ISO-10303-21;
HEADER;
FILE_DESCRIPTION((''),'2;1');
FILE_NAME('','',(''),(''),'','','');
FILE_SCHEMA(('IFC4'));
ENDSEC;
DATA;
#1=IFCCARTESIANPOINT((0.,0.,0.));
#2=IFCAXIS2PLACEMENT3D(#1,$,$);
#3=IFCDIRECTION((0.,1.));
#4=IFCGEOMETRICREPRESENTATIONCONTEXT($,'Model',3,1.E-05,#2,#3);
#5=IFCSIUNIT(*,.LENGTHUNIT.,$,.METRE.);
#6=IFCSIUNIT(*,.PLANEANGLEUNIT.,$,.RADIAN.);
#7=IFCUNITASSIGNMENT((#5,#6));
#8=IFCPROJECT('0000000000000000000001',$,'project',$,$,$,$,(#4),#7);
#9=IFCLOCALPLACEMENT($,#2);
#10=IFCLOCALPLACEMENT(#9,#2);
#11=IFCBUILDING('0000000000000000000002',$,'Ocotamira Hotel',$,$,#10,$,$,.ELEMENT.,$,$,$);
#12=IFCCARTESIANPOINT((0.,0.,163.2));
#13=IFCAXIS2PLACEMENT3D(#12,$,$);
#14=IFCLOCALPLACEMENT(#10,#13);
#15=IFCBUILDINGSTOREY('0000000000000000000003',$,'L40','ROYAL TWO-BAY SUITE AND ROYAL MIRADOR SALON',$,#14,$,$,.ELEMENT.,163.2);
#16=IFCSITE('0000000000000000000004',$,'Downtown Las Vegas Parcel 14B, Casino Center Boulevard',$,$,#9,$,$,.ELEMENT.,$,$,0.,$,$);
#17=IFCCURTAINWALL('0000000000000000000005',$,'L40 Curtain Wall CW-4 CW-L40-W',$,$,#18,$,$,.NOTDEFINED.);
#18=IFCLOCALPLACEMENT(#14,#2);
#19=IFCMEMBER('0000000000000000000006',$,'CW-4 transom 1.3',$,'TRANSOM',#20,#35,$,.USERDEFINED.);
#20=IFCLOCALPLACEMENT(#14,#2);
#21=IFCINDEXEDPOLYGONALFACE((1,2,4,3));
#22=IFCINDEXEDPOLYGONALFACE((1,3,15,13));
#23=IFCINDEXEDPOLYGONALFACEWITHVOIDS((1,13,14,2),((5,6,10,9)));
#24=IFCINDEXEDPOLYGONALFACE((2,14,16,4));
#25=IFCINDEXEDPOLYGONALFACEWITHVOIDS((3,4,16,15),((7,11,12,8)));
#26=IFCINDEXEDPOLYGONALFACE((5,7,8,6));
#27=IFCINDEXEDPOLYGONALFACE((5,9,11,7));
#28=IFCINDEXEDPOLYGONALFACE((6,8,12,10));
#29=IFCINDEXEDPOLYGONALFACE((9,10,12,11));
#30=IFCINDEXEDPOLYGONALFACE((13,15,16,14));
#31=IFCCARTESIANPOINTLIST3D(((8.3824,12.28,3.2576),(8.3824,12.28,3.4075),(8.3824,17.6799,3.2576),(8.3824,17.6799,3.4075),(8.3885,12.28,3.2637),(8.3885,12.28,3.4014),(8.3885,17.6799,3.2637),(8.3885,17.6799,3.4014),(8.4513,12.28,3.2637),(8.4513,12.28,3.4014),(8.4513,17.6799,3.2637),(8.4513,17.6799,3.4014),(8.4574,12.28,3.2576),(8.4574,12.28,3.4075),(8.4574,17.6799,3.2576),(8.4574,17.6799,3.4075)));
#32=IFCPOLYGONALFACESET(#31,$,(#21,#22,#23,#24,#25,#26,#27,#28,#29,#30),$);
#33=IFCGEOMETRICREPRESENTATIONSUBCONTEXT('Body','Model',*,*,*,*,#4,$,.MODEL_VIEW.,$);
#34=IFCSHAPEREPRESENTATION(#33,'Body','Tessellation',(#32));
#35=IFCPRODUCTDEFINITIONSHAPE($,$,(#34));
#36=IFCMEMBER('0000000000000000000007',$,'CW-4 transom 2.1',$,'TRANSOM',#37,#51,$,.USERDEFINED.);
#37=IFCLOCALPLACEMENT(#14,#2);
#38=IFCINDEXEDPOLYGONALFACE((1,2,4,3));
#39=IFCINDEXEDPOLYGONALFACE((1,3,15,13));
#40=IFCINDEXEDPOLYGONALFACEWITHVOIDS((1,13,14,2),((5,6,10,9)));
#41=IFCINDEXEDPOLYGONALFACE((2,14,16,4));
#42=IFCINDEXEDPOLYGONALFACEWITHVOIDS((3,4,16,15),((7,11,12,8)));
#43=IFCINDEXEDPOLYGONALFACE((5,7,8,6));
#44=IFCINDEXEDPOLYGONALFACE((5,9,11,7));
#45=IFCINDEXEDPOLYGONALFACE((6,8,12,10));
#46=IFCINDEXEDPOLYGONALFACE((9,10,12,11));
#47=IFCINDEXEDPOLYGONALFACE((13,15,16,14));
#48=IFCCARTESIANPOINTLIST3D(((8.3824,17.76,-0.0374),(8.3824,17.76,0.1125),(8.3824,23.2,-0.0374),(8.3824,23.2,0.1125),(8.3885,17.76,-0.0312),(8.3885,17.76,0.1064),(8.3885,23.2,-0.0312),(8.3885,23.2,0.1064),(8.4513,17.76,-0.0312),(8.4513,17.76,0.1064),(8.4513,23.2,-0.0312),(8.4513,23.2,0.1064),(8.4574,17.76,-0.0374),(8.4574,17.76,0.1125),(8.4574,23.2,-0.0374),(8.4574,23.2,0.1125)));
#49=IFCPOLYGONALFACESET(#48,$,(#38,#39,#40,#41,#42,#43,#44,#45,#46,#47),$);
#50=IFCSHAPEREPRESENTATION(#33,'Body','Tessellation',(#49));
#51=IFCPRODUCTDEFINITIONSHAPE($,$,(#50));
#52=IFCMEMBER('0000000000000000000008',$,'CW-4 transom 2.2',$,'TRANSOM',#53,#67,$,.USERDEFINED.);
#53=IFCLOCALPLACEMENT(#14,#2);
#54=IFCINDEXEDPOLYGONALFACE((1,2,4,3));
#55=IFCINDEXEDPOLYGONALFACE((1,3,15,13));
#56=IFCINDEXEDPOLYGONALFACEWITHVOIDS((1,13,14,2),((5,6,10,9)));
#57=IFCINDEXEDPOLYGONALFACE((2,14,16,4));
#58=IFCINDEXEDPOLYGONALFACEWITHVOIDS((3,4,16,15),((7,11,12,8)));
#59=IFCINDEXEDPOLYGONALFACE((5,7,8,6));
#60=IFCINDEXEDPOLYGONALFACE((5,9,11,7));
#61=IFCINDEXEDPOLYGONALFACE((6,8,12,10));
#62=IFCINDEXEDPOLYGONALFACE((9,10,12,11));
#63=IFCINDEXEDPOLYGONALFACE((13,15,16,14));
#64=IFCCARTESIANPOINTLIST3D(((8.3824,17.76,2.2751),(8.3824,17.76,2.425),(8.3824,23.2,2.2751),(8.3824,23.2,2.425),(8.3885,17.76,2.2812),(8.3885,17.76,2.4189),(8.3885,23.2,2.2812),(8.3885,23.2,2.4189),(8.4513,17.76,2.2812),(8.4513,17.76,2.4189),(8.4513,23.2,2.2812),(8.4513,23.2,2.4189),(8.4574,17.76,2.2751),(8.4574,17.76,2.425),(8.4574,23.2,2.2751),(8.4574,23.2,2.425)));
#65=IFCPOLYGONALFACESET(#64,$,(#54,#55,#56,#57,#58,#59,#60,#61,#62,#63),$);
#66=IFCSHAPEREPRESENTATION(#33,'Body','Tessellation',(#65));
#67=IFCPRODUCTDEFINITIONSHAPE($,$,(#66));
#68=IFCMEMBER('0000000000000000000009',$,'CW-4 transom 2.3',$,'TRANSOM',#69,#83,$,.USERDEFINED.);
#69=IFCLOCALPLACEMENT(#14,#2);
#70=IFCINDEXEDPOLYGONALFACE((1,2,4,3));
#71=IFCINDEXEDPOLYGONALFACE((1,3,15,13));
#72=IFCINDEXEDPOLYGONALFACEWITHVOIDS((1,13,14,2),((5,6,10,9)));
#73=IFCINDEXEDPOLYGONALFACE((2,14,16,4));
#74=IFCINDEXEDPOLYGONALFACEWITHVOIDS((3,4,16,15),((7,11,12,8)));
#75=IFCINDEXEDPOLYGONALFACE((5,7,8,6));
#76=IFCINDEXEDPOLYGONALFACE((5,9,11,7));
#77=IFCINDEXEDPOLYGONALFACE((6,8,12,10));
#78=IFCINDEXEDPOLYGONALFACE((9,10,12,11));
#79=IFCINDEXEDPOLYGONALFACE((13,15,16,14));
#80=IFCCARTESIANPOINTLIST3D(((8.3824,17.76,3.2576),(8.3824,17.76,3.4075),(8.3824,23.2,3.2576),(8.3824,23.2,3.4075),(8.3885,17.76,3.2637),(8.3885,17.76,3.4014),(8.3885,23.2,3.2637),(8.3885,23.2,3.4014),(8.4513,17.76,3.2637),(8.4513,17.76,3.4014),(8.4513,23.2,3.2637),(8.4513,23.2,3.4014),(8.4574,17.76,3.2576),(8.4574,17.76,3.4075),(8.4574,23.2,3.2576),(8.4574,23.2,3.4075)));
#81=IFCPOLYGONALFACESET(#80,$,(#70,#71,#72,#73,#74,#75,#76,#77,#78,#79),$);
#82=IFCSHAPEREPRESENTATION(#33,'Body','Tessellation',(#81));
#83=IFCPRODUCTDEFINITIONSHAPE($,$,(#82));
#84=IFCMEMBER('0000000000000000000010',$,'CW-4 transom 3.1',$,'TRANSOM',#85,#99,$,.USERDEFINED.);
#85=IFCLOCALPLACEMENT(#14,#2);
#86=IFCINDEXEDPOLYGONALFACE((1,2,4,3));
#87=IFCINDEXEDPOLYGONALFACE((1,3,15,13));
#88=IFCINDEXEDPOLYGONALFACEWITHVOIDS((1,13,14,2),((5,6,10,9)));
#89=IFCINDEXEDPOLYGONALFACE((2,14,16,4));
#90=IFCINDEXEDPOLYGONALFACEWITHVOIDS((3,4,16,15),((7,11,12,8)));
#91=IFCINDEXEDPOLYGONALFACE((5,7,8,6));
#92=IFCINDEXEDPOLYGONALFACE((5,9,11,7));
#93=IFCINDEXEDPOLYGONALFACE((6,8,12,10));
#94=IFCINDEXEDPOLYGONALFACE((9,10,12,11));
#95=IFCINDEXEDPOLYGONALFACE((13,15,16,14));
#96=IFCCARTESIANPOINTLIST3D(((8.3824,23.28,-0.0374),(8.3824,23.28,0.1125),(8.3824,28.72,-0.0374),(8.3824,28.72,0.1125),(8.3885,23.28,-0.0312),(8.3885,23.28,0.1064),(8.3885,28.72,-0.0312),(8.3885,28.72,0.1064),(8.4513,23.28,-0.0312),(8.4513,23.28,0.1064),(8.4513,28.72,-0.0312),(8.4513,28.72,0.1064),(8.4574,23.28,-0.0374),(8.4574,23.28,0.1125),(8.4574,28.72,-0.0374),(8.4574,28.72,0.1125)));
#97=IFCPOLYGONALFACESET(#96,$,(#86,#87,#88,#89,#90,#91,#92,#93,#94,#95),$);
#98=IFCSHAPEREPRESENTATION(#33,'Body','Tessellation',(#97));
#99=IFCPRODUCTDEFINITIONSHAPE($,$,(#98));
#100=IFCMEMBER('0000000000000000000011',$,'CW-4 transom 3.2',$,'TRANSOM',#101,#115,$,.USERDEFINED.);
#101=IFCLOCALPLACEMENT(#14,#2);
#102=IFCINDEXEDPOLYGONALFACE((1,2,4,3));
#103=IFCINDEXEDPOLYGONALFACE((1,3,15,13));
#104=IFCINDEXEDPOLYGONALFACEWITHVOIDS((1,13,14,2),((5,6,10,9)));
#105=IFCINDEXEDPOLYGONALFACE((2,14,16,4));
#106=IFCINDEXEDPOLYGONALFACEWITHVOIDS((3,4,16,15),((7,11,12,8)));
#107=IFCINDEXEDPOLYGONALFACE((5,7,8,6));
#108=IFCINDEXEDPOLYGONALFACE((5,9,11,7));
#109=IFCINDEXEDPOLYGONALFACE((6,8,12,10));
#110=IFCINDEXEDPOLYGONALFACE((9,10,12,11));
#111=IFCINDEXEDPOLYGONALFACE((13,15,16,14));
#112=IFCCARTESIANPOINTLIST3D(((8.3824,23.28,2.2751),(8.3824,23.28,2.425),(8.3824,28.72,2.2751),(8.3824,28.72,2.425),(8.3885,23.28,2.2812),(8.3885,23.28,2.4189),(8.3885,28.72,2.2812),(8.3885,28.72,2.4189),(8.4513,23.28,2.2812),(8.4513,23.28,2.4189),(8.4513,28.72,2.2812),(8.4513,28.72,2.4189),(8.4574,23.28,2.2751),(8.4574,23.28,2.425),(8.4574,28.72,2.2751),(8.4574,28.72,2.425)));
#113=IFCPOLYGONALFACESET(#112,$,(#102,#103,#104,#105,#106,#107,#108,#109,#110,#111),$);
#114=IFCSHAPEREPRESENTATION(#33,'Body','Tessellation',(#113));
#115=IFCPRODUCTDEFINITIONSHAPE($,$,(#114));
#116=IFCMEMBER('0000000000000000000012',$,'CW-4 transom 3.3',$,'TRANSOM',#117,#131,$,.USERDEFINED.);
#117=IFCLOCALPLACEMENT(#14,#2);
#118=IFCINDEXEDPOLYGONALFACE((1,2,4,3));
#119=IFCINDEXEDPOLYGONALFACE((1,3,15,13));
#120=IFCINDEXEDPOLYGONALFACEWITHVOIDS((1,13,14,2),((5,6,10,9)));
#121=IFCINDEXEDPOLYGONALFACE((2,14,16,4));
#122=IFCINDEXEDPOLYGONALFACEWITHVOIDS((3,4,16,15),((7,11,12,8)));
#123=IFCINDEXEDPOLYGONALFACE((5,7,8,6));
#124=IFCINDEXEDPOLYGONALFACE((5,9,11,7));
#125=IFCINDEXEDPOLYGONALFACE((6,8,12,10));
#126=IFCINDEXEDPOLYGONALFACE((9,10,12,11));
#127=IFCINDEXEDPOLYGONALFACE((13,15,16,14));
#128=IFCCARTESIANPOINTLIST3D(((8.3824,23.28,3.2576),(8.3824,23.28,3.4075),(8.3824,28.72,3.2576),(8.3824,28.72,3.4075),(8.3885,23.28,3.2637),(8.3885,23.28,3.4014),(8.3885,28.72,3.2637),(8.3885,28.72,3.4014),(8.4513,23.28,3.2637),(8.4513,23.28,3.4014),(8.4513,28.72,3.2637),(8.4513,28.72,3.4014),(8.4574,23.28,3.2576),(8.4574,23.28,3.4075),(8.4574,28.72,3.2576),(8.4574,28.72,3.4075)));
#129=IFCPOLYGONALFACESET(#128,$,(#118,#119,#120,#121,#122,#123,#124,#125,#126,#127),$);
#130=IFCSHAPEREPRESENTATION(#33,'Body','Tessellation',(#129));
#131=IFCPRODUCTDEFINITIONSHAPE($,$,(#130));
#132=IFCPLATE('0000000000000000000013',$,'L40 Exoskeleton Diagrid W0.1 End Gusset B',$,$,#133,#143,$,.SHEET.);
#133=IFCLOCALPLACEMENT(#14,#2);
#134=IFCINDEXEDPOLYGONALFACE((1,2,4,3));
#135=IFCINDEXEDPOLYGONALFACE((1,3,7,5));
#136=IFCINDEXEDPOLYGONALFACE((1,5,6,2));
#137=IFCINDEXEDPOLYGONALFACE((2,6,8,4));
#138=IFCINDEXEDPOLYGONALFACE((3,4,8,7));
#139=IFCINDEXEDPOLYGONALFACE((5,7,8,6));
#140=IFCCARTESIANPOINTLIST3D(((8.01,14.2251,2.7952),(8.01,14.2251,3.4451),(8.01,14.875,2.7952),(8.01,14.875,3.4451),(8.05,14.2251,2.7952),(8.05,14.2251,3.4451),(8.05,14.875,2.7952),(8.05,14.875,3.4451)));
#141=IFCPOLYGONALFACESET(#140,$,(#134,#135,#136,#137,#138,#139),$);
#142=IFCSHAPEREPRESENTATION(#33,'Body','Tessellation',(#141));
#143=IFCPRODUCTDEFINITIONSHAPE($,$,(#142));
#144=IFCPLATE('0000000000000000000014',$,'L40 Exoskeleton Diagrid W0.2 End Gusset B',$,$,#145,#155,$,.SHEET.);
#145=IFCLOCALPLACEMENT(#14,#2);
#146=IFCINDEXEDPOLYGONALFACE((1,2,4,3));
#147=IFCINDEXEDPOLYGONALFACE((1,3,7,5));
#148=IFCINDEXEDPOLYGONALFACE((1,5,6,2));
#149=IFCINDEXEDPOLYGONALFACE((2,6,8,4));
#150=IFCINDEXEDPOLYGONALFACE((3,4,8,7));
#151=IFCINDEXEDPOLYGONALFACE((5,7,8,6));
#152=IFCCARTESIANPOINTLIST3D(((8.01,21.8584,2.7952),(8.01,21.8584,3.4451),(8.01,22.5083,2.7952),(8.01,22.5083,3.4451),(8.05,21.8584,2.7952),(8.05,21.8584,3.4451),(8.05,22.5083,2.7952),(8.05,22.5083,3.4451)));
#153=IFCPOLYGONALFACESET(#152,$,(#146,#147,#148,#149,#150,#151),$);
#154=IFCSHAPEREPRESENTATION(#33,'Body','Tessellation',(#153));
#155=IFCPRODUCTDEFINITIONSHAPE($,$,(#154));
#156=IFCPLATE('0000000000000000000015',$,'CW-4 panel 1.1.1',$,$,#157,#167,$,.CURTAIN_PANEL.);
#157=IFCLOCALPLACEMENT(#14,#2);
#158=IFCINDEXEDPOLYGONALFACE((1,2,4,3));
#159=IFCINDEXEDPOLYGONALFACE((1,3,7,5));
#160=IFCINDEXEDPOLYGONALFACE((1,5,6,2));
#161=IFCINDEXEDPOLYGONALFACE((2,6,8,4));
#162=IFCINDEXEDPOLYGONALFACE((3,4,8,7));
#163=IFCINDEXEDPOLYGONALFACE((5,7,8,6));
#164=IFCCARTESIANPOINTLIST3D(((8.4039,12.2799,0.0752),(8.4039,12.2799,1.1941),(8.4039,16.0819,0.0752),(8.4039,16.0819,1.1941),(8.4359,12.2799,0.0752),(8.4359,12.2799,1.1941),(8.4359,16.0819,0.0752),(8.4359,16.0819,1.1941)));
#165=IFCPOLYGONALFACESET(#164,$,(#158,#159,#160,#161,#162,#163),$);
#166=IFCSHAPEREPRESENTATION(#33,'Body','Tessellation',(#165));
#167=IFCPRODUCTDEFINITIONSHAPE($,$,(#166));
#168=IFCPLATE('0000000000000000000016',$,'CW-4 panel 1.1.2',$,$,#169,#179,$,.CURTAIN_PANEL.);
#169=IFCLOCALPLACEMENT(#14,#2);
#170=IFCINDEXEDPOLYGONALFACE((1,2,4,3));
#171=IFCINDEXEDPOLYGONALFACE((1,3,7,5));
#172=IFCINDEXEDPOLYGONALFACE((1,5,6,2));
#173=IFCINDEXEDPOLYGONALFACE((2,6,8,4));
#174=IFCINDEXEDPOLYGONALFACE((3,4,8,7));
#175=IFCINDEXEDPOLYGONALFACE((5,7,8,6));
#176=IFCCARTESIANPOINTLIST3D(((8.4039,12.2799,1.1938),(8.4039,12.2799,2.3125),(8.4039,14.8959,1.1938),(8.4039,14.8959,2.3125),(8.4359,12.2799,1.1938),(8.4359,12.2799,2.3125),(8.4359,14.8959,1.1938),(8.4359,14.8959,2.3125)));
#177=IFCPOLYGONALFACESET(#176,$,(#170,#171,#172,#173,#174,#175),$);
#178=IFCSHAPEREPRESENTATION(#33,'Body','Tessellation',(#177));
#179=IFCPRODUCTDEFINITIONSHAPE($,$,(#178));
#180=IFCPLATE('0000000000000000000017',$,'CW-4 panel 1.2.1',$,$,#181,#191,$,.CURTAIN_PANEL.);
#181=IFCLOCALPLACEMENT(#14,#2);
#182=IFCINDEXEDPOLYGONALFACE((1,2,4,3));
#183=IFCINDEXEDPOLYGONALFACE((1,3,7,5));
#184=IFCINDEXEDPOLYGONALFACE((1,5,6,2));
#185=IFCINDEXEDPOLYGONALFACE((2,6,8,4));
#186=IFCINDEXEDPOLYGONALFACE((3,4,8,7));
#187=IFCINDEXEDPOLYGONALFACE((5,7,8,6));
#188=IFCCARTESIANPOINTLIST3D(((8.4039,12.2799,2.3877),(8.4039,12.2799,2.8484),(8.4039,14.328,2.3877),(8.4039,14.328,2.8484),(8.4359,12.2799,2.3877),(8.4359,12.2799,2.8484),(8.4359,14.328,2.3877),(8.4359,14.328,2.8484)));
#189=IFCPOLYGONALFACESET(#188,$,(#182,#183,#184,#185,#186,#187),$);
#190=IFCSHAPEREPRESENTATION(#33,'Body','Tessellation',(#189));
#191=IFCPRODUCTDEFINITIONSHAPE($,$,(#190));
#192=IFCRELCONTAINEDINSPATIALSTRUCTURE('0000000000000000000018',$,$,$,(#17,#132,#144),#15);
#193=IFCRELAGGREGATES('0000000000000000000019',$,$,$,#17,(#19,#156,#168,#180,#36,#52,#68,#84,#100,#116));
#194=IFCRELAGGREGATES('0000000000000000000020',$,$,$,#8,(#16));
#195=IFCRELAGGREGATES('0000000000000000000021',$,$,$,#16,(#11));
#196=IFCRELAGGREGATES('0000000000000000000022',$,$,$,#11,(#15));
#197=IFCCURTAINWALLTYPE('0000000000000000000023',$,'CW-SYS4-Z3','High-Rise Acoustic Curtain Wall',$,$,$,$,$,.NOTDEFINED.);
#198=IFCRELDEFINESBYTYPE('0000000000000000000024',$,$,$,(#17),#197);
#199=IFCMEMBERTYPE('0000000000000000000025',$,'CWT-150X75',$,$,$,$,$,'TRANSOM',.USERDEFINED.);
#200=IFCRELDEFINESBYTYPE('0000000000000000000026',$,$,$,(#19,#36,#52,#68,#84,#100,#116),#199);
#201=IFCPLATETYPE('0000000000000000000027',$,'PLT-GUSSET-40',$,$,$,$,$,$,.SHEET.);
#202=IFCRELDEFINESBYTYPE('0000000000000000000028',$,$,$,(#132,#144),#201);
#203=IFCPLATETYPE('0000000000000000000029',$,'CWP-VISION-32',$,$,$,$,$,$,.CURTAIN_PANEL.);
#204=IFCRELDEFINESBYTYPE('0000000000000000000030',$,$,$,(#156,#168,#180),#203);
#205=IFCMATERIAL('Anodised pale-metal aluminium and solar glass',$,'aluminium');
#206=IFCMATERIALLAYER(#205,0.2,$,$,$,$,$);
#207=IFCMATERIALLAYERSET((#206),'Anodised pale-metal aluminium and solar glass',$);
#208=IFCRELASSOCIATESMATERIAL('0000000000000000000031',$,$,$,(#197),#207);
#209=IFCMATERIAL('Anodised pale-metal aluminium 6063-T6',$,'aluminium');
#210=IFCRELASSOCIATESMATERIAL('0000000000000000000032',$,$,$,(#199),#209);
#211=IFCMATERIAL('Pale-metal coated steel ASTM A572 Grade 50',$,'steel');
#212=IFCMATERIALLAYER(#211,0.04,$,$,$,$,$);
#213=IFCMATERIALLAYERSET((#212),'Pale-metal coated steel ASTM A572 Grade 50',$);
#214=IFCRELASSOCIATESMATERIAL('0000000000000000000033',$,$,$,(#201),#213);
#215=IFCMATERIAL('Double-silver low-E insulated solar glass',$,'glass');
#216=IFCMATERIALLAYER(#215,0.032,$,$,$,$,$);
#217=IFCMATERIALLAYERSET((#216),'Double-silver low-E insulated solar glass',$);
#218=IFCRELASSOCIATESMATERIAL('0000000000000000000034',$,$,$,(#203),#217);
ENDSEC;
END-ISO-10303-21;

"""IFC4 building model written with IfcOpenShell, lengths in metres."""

from ifc_helpers import new_model, si_unit, direction, frame, origin, origin_2d, place, context, subcontext, project, spatial, rectangle, hollow_rectangle, extrude, source, transform, mapped, material, layer, layer_set, material_profile, profile_set, type_object, element, aggregate, save


model = new_model("IFC4")

# Units and contexts
model_context = context("Model", 3, precision=1e-05, world=origin(), true_north=direction((0.0, 1.0)))
body_context = subcontext(model_context, "Body", "Model", "MODEL_VIEW")
ifc_project = project(units=[si_unit("LENGTHUNIT", "METRE"), si_unit("PLANEANGLEUNIT", "RADIAN")], contexts=[model_context])

# Site, building, storey
site_placement = place(None, origin())
site = spatial("IfcSite", under=ifc_project, at=site_placement, Name="Downtown Las Vegas Parcel 14B, Casino Center Boulevard", CompositionType="ELEMENT", RefElevation=0.0)
building_placement = place(site_placement, origin())
building = spatial("IfcBuilding", under=site, at=building_placement, Name="Ocotamira Hotel", CompositionType="ELEMENT")
storey_placement = place(building_placement, frame((0.0, 0.0, 163.2)))
storey = spatial("IfcBuildingStorey", under=building, at=storey_placement, Name="L40", Description="ROYAL TWO-BAY SUITE AND ROYAL MIRADOR SALON", CompositionType="ELEMENT", Elevation=163.2)

# Curtain wall, members
ifc_material_1 = material(Name="Anodised pale-metal aluminium and solar glass", Category="aluminium")
ifc_layer_1 = layer(ifc_material_1, 0.2)
ifc_layer_set_1 = layer_set([ifc_layer_1], Name="Anodised pale-metal aluminium and solar glass")
curtain_wall_type = type_object("IfcCurtainWallType", Name="CW-SYS4-Z3", Description="High-Rise Acoustic Curtain Wall", PredefinedType="NOTDEFINED", material=ifc_layer_set_1)
curtain_wall_placement = place(storey_placement, origin())
curtain_wall = element("IfcCurtainWall", 1, at=curtain_wall_placement, inside=storey, type_object=curtain_wall_type, Name="L40 Curtain Wall CW-4 CW-L40-W", PredefinedType="NOTDEFINED")
ifc_material_2 = material(Name="Anodised pale-metal aluminium 6063-T6", Category="aluminium")
ifc_material_profile_1 = material_profile(ifc_material_2, hollow_rectangle(XDim=0.075, YDim=0.1499, WallThickness=0.0061, at=origin_2d()), Name="HSS150X75X6")
ifc_profile_set_1 = profile_set([ifc_material_profile_1], Name="Anodised pale-metal aluminium 6063-T6")
member_type_1 = type_object("IfcMemberType", Name="CWT-150X75", ElementType="TRANSOM", PredefinedType="USERDEFINED", material=ifc_profile_set_1)
shared_shape_1 = source(origin(), body_context, "Body", "SweptSolid", [
    extrude(hollow_rectangle(XDim=0.075, YDim=0.1499, WallThickness=0.0061, at=origin_2d()), origin(), (0.0, 0.0, 1.0), 5.3999),
])
member_1_placement = place(storey_placement, frame((8.4199, 12.28, 3.3325), z_axis=(0.0, 1.0, 0.0), x_axis=(-1.0, 0.0, 0.0)))
member_1 = element("IfcMember", 2, at=member_1_placement, type_object=member_type_1, Name="CW-4 transom 1.3", ObjectType="TRANSOM", PredefinedType="USERDEFINED", context=body_context, shape_type="MappedRepresentation", body=[
    mapped(shared_shape_1, transform((0.0, 0.0, 0.0), scale=1.0)),
])
shared_shape_2 = source(origin(), body_context, "Body", "SweptSolid", [
    extrude(hollow_rectangle(XDim=0.075, YDim=0.1499, WallThickness=0.0061, at=origin_2d()), origin(), (0.0, 0.0, 1.0), 5.4399),
])
member_2_placement = place(storey_placement, frame((8.4199, 17.76, 0.0376), z_axis=(0.0, 1.0, 0.0), x_axis=(-1.0, 0.0, 0.0)))
member_2 = element("IfcMember", 3, at=member_2_placement, type_object=member_type_1, Name="CW-4 transom 2.1", ObjectType="TRANSOM", PredefinedType="USERDEFINED", context=body_context, shape_type="MappedRepresentation", body=[
    mapped(shared_shape_2, transform((0.0, 0.0, 0.0), scale=1.0)),
])
member_3_placement = place(storey_placement, frame((8.4199, 17.76, 2.3501), z_axis=(0.0, 1.0, 0.0), x_axis=(-1.0, 0.0, 0.0)))
member_3 = element("IfcMember", 4, at=member_3_placement, type_object=member_type_1, Name="CW-4 transom 2.2", ObjectType="TRANSOM", PredefinedType="USERDEFINED", context=body_context, shape_type="MappedRepresentation", body=[
    mapped(shared_shape_2, transform((0.0, 0.0, 0.0), scale=1.0)),
])
member_4_placement = place(storey_placement, frame((8.4199, 17.76, 3.3325), z_axis=(0.0, 1.0, 0.0), x_axis=(-1.0, 0.0, 0.0)))
member_4 = element("IfcMember", 5, at=member_4_placement, type_object=member_type_1, Name="CW-4 transom 2.3", ObjectType="TRANSOM", PredefinedType="USERDEFINED", context=body_context, shape_type="MappedRepresentation", body=[
    mapped(shared_shape_2, transform((0.0, 0.0, 0.0), scale=1.0)),
])
member_5_placement = place(storey_placement, frame((8.4199, 23.28, 0.0376), z_axis=(0.0, 1.0, 0.0), x_axis=(-1.0, 0.0, 0.0)))
member_5 = element("IfcMember", 6, at=member_5_placement, type_object=member_type_1, Name="CW-4 transom 3.1", ObjectType="TRANSOM", PredefinedType="USERDEFINED", context=body_context, shape_type="MappedRepresentation", body=[
    mapped(shared_shape_2, transform((0.0, 0.0, 0.0), scale=1.0)),
])
member_6_placement = place(storey_placement, frame((8.4199, 23.28, 2.3501), z_axis=(0.0, 1.0, 0.0), x_axis=(-1.0, 0.0, 0.0)))
member_6 = element("IfcMember", 7, at=member_6_placement, type_object=member_type_1, Name="CW-4 transom 3.2", ObjectType="TRANSOM", PredefinedType="USERDEFINED", context=body_context, shape_type="MappedRepresentation", body=[
    mapped(shared_shape_2, transform((0.0, 0.0, 0.0), scale=1.0)),
])
member_7_placement = place(storey_placement, frame((8.4199, 23.28, 3.3325), z_axis=(0.0, 1.0, 0.0), x_axis=(-1.0, 0.0, 0.0)))
member_7 = element("IfcMember", 8, at=member_7_placement, type_object=member_type_1, Name="CW-4 transom 3.3", ObjectType="TRANSOM", PredefinedType="USERDEFINED", context=body_context, shape_type="MappedRepresentation", body=[
    mapped(shared_shape_2, transform((0.0, 0.0, 0.0), scale=1.0)),
])

# Plates
ifc_material_3 = material(Name="Pale-metal coated steel ASTM A572 Grade 50", Category="steel")
ifc_layer_2 = layer(ifc_material_3, 0.04)
ifc_layer_set_2 = layer_set([ifc_layer_2], Name="Pale-metal coated steel ASTM A572 Grade 50")
plate_type_1 = type_object("IfcPlateType", Name="PLT-GUSSET-40", PredefinedType="SHEET", material=ifc_layer_set_2)
shared_shape_3 = source(origin(), body_context, "Body", "SweptSolid", [
    extrude(rectangle(XDim=0.04, YDim=0.6499, at=origin_2d()), origin(), (0.0, 0.0, 1.0), 0.6499),
])
for number, where, z_axis, x_axis, name in (
    (9, (8.03, 14.55, 2.7952), (0.0, 0.0, 1.0), (1.0, 0.0, 0.0), "L40 Exoskeleton Diagrid W0.1 End Gusset B"),
    (10, (8.03, 22.1833, 2.7952), (0.0, 0.0, 1.0), (1.0, 0.0, 0.0), "L40 Exoskeleton Diagrid W0.2 End Gusset B"),
):
    element("IfcPlate", number, at=place(storey_placement, frame(where, z_axis=z_axis, x_axis=x_axis)), inside=storey, type_object=plate_type_1, Name=name, PredefinedType="SHEET", context=body_context, shape_type="MappedRepresentation", body=[
        mapped(shared_shape_3, transform((0.0, 0.0, 0.0), scale=1.0)),
    ])

# Plates
ifc_material_4 = material(Name="Double-silver low-E insulated solar glass", Category="glass")
ifc_layer_3 = layer(ifc_material_4, 0.032)
ifc_layer_set_3 = layer_set([ifc_layer_3], Name="Double-silver low-E insulated solar glass")
plate_type_2 = type_object("IfcPlateType", Name="CWP-VISION-32", PredefinedType="CURTAIN_PANEL", material=ifc_layer_set_3)
shared_shape_4 = source(origin(), body_context, "Body", "SweptSolid", [
    extrude(rectangle(XDim=3.802, YDim=0.032, at=origin_2d()), origin(), (0.0, 0.0, 1.0), 1.1189),
])
plate_1_placement = place(storey_placement, frame((8.4199, 14.1809, 0.0752), z_axis=(0.0, 0.0, 1.0), x_axis=(0.0, 1.0, 0.0)))
plate_1 = element("IfcPlate", 11, at=plate_1_placement, type_object=plate_type_2, Name="CW-4 panel 1.1.1", PredefinedType="CURTAIN_PANEL", context=body_context, shape_type="MappedRepresentation", body=[
    mapped(shared_shape_4, transform((0.0, 0.0, 0.0), scale=1.0)),
])
shared_shape_5 = source(origin(), body_context, "Body", "SweptSolid", [
    extrude(rectangle(XDim=2.616, YDim=0.032, at=origin_2d()), origin(), (0.0, 0.0, 1.0), 1.1187),
])
plate_2_placement = place(storey_placement, frame((8.4199, 13.5879, 1.1938), z_axis=(0.0, 0.0, 1.0), x_axis=(0.0, 1.0, 0.0)))
plate_2 = element("IfcPlate", 12, at=plate_2_placement, type_object=plate_type_2, Name="CW-4 panel 1.1.2", PredefinedType="CURTAIN_PANEL", context=body_context, shape_type="MappedRepresentation", body=[
    mapped(shared_shape_5, transform((0.0, 0.0, 0.0), scale=1.0)),
])
shared_shape_6 = source(origin(), body_context, "Body", "SweptSolid", [
    extrude(rectangle(XDim=2.0481, YDim=0.032, at=origin_2d()), origin(), (0.0, 0.0, 1.0), 0.4607),
])
plate_3_placement = place(storey_placement, frame((8.4199, 13.304, 2.3877), z_axis=(0.0, 0.0, 1.0), x_axis=(0.0, 1.0, 0.0)))
plate_3 = element("IfcPlate", 13, at=plate_3_placement, type_object=plate_type_2, Name="CW-4 panel 1.2.1", PredefinedType="CURTAIN_PANEL", context=body_context, shape_type="MappedRepresentation", body=[
    mapped(shared_shape_6, transform((0.0, 0.0, 0.0), scale=1.0)),
])
aggregate(curtain_wall, [member_1, plate_1, plate_2, plate_3, member_2, member_3, member_4, member_5, member_6, member_7])

save(model, "model.ifc")
